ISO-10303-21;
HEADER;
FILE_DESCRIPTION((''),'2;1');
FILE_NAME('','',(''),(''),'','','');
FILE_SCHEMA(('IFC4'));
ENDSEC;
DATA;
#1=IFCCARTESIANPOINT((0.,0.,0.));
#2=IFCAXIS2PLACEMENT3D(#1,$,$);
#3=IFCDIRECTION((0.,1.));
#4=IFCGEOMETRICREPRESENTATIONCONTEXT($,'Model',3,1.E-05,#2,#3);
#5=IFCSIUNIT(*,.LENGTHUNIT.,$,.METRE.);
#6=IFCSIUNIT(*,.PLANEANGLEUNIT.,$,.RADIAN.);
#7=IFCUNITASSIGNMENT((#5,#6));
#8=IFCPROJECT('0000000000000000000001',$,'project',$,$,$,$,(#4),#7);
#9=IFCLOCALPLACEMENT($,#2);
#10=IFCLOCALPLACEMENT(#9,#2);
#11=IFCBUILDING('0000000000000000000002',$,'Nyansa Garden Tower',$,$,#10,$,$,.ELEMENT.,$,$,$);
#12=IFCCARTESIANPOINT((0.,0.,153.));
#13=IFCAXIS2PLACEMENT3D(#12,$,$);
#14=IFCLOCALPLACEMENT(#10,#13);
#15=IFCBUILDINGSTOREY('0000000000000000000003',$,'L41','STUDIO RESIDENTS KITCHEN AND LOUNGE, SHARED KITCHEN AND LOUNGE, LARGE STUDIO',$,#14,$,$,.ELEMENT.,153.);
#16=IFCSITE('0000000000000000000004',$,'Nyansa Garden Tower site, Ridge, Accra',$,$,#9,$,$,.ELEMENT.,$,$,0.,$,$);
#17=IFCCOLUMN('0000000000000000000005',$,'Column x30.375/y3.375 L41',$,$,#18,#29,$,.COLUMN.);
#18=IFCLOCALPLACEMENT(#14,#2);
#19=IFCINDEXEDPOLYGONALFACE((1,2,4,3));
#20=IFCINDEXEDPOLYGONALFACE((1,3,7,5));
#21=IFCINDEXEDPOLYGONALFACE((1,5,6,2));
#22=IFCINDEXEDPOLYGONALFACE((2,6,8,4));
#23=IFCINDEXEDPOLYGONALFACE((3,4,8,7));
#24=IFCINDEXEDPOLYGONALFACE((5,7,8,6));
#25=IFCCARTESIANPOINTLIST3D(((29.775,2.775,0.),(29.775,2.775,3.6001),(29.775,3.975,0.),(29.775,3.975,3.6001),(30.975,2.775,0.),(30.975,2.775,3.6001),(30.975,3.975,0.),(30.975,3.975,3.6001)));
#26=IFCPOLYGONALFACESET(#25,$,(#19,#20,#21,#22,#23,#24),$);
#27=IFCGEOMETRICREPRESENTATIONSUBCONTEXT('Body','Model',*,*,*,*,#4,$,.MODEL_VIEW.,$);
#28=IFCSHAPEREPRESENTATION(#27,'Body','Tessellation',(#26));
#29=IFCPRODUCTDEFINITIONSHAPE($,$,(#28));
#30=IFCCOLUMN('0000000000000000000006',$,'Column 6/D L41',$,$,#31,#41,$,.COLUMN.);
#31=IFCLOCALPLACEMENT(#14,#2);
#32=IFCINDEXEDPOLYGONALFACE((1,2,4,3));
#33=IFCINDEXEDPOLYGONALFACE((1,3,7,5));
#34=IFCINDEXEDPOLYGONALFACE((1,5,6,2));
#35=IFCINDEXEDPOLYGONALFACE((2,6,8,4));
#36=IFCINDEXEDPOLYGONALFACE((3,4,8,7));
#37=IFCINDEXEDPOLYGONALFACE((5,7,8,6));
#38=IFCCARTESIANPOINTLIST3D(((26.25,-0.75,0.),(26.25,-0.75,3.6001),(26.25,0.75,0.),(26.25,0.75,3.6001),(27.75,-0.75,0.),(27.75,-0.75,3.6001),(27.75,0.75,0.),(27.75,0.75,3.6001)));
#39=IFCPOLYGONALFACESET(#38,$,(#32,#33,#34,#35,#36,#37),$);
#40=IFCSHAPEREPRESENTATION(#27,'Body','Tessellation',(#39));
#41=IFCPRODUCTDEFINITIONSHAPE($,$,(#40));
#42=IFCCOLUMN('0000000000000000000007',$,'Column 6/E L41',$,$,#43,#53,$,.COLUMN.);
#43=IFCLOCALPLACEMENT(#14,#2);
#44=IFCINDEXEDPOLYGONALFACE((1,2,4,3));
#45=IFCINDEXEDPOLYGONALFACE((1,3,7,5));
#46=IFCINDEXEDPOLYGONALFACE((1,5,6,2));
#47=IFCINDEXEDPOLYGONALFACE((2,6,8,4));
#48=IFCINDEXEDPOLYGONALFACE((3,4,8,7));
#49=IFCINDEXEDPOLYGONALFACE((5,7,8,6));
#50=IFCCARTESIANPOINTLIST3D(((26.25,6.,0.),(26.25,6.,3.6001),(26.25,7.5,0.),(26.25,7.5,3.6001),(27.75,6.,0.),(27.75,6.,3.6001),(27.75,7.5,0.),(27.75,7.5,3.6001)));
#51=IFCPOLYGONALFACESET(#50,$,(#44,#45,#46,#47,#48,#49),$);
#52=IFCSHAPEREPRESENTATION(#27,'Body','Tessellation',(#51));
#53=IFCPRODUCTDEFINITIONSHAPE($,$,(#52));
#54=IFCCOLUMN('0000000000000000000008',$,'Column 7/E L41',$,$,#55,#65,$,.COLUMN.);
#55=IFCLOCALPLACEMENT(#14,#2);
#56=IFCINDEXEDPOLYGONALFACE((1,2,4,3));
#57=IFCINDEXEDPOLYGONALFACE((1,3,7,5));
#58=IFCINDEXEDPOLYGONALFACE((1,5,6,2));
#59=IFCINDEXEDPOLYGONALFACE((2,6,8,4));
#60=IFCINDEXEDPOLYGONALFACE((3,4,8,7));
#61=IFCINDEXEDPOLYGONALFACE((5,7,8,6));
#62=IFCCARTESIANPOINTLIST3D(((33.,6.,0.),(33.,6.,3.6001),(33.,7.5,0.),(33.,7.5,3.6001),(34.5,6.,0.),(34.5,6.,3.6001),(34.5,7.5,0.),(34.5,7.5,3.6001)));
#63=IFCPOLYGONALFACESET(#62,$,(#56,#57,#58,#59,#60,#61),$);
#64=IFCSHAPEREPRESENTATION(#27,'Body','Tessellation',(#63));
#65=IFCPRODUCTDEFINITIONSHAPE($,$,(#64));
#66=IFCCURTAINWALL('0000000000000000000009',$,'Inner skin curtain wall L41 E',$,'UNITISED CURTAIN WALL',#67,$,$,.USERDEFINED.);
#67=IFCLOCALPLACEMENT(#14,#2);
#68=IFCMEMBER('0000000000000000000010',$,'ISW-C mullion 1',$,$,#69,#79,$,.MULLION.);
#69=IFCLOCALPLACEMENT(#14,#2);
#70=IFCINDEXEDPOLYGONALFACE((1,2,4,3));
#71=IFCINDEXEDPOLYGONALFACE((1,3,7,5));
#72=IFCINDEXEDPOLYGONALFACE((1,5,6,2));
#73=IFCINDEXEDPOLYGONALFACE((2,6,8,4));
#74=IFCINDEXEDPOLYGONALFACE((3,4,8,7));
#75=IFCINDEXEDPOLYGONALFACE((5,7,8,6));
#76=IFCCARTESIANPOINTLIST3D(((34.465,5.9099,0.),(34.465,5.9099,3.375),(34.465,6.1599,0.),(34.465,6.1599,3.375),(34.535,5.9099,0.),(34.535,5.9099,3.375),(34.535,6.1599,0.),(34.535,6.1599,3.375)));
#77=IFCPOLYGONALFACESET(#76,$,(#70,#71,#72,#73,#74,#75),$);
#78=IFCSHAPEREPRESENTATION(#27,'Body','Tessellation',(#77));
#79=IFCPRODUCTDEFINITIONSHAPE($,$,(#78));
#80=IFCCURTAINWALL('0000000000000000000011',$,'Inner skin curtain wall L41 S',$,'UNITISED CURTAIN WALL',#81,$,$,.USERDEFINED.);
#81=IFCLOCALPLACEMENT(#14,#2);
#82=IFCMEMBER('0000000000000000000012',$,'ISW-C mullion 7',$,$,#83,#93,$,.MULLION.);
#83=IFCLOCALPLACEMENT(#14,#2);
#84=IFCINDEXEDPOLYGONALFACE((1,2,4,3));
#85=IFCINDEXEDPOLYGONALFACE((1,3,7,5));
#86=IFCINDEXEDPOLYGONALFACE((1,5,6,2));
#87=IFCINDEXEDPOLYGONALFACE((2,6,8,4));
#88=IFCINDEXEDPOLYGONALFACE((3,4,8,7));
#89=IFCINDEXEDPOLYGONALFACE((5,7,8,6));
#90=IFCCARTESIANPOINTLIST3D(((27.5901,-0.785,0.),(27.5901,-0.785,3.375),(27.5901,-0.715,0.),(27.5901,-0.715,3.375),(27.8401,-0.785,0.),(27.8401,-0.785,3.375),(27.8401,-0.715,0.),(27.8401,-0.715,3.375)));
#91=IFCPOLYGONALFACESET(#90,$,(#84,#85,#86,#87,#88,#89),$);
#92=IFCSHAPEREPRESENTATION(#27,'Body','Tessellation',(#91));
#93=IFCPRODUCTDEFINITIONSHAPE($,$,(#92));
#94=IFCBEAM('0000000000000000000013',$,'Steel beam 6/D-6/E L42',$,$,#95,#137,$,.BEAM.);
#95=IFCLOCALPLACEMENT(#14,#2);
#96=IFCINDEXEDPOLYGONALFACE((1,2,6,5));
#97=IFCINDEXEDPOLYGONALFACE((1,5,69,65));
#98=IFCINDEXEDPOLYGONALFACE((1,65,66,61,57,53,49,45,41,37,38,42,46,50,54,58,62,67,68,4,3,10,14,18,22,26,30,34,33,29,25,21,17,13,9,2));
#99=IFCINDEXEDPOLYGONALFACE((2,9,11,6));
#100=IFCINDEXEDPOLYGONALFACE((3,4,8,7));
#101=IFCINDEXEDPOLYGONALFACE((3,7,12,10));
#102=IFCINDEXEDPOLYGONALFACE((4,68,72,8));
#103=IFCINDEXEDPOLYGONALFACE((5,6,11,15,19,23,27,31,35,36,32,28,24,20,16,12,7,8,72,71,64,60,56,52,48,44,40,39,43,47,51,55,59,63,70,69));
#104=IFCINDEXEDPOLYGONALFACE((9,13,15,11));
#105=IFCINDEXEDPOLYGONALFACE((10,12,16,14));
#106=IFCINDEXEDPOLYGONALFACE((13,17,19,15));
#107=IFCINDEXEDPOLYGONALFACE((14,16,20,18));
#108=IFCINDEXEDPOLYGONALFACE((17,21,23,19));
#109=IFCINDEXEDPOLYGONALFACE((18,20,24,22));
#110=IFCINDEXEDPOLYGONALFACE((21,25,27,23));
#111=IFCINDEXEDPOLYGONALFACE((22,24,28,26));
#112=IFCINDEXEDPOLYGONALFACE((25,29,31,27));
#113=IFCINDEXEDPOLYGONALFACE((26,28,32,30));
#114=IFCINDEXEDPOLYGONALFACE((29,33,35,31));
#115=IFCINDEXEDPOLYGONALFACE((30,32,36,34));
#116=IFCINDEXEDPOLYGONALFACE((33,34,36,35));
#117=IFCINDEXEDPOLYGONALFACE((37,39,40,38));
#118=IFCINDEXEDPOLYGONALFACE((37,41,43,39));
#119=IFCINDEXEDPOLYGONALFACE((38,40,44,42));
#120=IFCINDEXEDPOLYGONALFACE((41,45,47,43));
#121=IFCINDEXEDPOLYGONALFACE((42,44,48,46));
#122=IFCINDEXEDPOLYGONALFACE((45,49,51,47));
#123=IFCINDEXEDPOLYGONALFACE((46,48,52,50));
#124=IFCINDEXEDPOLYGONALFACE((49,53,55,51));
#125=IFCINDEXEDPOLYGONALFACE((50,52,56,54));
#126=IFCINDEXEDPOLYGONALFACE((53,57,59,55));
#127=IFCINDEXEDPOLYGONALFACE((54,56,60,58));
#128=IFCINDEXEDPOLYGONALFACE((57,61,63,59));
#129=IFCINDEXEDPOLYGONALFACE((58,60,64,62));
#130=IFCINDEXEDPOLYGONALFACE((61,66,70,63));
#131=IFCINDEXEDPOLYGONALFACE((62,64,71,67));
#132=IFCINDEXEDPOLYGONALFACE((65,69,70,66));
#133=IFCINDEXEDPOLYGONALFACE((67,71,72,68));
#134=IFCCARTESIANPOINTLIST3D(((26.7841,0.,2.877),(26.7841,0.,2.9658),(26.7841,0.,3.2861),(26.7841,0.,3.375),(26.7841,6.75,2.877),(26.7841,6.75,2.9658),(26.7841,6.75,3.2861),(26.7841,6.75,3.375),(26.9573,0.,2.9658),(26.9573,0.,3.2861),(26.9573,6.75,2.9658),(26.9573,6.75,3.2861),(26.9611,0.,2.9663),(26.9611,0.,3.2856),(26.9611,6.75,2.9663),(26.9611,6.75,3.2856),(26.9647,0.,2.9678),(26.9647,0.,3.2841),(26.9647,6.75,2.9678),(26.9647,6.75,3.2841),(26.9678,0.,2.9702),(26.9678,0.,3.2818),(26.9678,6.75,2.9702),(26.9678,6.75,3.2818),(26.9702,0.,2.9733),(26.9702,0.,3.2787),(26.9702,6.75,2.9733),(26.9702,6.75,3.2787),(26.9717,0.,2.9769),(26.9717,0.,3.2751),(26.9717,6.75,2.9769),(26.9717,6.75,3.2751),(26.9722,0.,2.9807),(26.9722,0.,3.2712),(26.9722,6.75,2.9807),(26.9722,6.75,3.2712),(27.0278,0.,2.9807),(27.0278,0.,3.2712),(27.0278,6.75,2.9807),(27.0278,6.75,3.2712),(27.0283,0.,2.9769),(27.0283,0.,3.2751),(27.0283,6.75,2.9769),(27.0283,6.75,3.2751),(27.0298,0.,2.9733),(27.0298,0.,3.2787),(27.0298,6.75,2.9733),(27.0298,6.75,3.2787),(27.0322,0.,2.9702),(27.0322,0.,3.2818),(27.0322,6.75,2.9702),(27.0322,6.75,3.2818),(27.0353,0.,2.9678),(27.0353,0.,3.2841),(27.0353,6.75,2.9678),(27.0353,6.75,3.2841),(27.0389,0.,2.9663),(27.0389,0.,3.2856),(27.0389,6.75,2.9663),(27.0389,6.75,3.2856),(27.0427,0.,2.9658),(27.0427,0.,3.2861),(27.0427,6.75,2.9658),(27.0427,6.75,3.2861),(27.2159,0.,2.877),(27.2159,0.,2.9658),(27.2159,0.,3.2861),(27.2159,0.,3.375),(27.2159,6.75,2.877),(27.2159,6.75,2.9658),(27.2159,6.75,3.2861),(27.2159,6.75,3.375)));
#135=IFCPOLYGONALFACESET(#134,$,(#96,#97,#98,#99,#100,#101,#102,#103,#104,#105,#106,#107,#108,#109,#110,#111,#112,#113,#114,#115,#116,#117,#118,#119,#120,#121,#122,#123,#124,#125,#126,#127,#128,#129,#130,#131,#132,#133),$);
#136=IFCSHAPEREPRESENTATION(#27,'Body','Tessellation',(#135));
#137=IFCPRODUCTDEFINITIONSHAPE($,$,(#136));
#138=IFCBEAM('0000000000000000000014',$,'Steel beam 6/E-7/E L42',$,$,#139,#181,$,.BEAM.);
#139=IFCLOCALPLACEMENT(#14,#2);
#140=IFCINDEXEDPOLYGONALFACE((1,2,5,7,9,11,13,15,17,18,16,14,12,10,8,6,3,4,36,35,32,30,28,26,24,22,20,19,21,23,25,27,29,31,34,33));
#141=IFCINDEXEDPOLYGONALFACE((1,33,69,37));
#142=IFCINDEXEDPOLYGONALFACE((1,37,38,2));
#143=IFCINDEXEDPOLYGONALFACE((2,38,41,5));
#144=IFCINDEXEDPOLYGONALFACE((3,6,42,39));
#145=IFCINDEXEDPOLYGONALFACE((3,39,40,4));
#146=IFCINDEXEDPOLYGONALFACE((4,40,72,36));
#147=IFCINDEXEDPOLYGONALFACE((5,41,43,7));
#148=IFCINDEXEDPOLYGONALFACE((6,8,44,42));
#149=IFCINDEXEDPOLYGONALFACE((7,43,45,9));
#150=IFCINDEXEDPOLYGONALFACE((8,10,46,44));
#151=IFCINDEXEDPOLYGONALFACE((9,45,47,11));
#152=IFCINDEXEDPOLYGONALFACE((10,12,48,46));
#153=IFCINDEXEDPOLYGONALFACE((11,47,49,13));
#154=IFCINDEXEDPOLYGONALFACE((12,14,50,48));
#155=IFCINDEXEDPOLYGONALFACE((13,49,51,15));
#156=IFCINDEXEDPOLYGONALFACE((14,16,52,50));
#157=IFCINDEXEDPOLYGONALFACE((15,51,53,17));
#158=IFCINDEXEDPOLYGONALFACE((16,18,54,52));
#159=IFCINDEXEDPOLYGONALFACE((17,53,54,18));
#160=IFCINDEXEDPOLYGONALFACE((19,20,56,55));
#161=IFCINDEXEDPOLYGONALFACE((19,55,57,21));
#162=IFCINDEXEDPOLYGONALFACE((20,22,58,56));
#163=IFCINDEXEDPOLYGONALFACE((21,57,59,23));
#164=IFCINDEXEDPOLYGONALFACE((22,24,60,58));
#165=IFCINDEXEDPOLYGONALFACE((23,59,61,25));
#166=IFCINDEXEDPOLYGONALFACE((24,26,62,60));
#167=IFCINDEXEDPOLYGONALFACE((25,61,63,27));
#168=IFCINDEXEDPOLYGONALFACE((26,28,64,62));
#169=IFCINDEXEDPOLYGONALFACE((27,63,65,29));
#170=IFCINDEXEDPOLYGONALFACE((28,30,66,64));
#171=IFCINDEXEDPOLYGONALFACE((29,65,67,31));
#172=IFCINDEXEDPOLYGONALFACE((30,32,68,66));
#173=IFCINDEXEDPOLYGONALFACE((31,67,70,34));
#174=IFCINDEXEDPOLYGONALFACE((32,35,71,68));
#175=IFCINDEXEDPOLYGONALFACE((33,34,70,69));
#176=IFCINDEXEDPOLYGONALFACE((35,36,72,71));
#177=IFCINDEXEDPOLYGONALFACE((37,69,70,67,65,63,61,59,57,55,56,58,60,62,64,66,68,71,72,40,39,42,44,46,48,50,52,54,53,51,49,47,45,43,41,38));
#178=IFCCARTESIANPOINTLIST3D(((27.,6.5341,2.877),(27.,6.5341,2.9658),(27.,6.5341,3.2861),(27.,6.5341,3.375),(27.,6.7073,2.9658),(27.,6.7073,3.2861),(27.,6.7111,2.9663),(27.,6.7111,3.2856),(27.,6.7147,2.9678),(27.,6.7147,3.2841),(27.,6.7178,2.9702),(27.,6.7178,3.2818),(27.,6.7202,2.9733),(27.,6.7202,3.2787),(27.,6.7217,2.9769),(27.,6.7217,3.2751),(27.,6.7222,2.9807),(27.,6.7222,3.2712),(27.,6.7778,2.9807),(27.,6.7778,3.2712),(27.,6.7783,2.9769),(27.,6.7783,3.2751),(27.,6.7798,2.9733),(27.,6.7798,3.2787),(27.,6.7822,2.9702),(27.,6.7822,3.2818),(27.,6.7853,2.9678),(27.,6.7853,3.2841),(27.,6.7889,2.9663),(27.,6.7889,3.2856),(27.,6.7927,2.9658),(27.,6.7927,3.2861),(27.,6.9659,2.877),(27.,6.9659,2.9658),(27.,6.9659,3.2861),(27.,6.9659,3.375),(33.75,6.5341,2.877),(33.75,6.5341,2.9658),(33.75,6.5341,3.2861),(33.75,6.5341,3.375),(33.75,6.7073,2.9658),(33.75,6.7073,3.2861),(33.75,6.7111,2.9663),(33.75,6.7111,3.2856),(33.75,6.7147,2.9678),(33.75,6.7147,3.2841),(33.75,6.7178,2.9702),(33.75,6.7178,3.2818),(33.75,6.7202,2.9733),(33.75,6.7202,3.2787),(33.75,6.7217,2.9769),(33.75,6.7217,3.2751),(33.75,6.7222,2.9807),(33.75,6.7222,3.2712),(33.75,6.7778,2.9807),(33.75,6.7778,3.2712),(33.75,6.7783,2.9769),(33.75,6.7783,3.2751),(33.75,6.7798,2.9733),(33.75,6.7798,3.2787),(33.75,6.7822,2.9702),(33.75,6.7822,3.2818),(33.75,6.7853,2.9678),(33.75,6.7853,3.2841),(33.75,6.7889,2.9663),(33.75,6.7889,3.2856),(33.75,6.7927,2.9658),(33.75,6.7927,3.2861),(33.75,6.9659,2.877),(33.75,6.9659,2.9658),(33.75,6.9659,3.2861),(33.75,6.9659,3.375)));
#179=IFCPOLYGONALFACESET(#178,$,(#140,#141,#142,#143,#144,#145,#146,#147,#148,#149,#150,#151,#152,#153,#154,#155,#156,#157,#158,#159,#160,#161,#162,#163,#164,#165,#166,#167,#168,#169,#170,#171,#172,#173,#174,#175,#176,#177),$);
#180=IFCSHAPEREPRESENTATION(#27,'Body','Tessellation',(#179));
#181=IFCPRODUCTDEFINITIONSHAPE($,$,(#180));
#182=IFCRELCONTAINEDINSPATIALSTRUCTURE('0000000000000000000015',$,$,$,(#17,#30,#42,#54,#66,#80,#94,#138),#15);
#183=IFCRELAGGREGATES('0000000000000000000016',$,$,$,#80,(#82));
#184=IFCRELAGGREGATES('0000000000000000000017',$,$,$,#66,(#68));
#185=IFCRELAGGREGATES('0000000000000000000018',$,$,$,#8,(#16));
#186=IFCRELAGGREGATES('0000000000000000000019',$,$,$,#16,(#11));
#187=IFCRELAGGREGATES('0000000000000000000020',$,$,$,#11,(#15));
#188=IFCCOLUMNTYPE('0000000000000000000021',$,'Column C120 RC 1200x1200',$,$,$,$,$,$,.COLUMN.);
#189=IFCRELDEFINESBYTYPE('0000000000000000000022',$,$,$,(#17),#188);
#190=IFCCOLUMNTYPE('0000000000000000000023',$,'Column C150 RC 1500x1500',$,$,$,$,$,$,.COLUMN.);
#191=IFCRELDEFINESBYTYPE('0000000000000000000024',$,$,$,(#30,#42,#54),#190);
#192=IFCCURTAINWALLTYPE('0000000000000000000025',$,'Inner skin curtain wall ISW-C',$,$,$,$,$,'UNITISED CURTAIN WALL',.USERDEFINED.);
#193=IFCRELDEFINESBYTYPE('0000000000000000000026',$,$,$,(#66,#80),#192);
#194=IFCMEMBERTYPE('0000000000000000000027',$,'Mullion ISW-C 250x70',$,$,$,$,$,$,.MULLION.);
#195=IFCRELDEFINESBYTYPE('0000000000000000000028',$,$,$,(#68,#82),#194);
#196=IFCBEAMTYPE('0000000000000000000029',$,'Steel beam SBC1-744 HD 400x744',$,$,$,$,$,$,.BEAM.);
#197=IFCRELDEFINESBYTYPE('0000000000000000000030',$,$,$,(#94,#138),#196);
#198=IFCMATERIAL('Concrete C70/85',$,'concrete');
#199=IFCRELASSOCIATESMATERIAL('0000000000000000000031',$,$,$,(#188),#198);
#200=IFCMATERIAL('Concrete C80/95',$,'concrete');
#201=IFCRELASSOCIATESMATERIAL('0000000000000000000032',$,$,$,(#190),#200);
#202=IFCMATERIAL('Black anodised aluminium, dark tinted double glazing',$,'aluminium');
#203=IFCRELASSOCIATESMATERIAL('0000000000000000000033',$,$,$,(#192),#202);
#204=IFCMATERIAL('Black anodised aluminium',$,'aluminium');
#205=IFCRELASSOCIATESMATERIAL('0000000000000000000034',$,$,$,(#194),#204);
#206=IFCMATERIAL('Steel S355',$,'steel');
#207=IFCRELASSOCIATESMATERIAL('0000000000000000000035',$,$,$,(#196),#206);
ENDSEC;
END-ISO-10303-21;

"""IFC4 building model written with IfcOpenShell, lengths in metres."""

from ifc_helpers import new_model, si_unit, direction, frame, origin, origin_2d, place, context, subcontext, project, spatial, rectangle, i_section, extrude, material, material_profile, profile_set, type_object, element, aggregate, save


model = new_model("IFC4")

# Units and contexts
model_context = context("Model", 3, precision=1e-05, world=origin(), true_north=direction((0.0, 1.0)))
body_context = subcontext(model_context, "Body", "Model", "MODEL_VIEW")
ifc_project = project(units=[si_unit("LENGTHUNIT", "METRE"), si_unit("PLANEANGLEUNIT", "RADIAN")], contexts=[model_context])

# Site, building, storey
site_placement = place(None, origin())
site = spatial("IfcSite", under=ifc_project, at=site_placement, Name="Nyansa Garden Tower site, Ridge, Accra", CompositionType="ELEMENT", RefElevation=0.0)
building_placement = place(site_placement, origin())
building = spatial("IfcBuilding", under=site, at=building_placement, Name="Nyansa Garden Tower", CompositionType="ELEMENT")
storey_placement = place(building_placement, frame((0.0, 0.0, 153.0)))
storey = spatial("IfcBuildingStorey", under=building, at=storey_placement, Name="L41", Description="STUDIO RESIDENTS KITCHEN AND LOUNGE, SHARED KITCHEN AND LOUNGE, LARGE STUDIO", CompositionType="ELEMENT", Elevation=153.0)

# Columns
ifc_material_1 = material(Name="Concrete C70/85", Category="concrete")
ifc_material_profile_1 = material_profile(ifc_material_1, rectangle(XDim=1.2, YDim=1.2, at=origin_2d()), Name="RC 1200x1200")
ifc_profile_set_1 = profile_set([ifc_material_profile_1], Name="Concrete C70/85")
column_type_1 = type_object("IfcColumnType", Name="Column C120 RC 1200x1200", PredefinedType="COLUMN", material=ifc_profile_set_1)
column_placement = place(storey_placement, frame((30.375, 3.375, 0.0), z_axis=(0.0, 0.0, 1.0), x_axis=(1.0, 0.0, 0.0)))
element("IfcColumn", 1, at=column_placement, inside=storey, type_object=column_type_1, Name="Column x30.375/y3.375 L41", PredefinedType="COLUMN", context=body_context, shape_type="SweptSolid", body=[
    extrude(rectangle(XDim=1.2, YDim=1.2, at=origin_2d()), origin(), (0.0, 0.0, 1.0), 3.6001),
])
ifc_material_2 = material(Name="Concrete C80/95", Category="concrete")
ifc_material_profile_2 = material_profile(ifc_material_2, rectangle(XDim=1.5, YDim=1.5, at=origin_2d()), Name="RC 1500x1500")
ifc_profile_set_2 = profile_set([ifc_material_profile_2], Name="Concrete C80/95")
column_type_2 = type_object("IfcColumnType", Name="Column C150 RC 1500x1500", PredefinedType="COLUMN", material=ifc_profile_set_2)
for number, where, z_axis, x_axis, name in (
    (2, (27.0, 0.0, 0.0), (0.0, 0.0, 1.0), (1.0, 0.0, 0.0), "Column 6/D L41"),
    (3, (27.0, 6.75, 0.0), (0.0, 0.0, 1.0), (1.0, 0.0, 0.0), "Column 6/E L41"),
    (4, (33.75, 6.75, 0.0), (0.0, 0.0, 1.0), (1.0, 0.0, 0.0), "Column 7/E L41"),
):
    element("IfcColumn", number, at=place(storey_placement, frame(where, z_axis=z_axis, x_axis=x_axis)), inside=storey, type_object=column_type_2, Name=name, PredefinedType="COLUMN", context=body_context, shape_type="SweptSolid", body=[
        extrude(rectangle(XDim=1.5, YDim=1.5, at=origin_2d()), origin(), (0.0, 0.0, 1.0), 3.6001),
    ])

# Curtain walls, members
ifc_material_3 = material(Name="Black anodised aluminium, dark tinted double glazing", Category="aluminium")
curtain_wall_type = type_object("IfcCurtainWallType", Name="Inner skin curtain wall ISW-C", ElementType="UNITISED CURTAIN WALL", PredefinedType="USERDEFINED", material=ifc_material_3)
curtain_wall_1_placement = place(storey_placement, origin())
curtain_wall_1 = element("IfcCurtainWall", 5, at=curtain_wall_1_placement, inside=storey, type_object=curtain_wall_type, Name="Inner skin curtain wall L41 E", ObjectType="UNITISED CURTAIN WALL", PredefinedType="USERDEFINED")
ifc_material_4 = material(Name="Black anodised aluminium", Category="aluminium")
ifc_material_profile_3 = material_profile(ifc_material_4, rectangle(XDim=0.0701, YDim=0.25, at=origin_2d()), Name="Mullion 250x70")
ifc_profile_set_3 = profile_set([ifc_material_profile_3], Name="Black anodised aluminium")
member_type_1 = type_object("IfcMemberType", Name="Mullion ISW-C 250x70", PredefinedType="MULLION", material=ifc_profile_set_3)
member_1_placement = place(storey_placement, frame((34.5, 6.0349, 0.0), z_axis=(0.0, 0.0, 1.0), x_axis=(-1.0, 0.0, 0.0)))
member_1 = element("IfcMember", 6, at=member_1_placement, type_object=member_type_1, Name="ISW-C mullion 1", PredefinedType="MULLION", context=body_context, shape_type="SweptSolid", body=[
    extrude(rectangle(XDim=0.0701, YDim=0.25, at=origin_2d()), origin(), (0.0, 0.0, 1.0), 3.375),
])
curtain_wall_2_placement = place(storey_placement, origin())
curtain_wall_2 = element("IfcCurtainWall", 7, at=curtain_wall_2_placement, inside=storey, type_object=curtain_wall_type, Name="Inner skin curtain wall L41 S", ObjectType="UNITISED CURTAIN WALL", PredefinedType="USERDEFINED")
member_2_placement = place(storey_placement, frame((27.7151, -0.75, 0.0), z_axis=(0.0, 0.0, 1.0), x_axis=(0.0, 1.0, 0.0)))
member_2 = element("IfcMember", 8, at=member_2_placement, type_object=member_type_1, Name="ISW-C mullion 7", PredefinedType="MULLION", context=body_context, shape_type="SweptSolid", body=[
    extrude(rectangle(XDim=0.0701, YDim=0.25, at=origin_2d()), origin(), (0.0, 0.0, 1.0), 3.375),
])
aggregate(curtain_wall_2, [member_2])

# Beams
ifc_material_5 = material(Name="Steel S355", Category="steel")
ifc_material_profile_4 = material_profile(ifc_material_5, i_section(OverallWidth=0.4319, OverallDepth=0.498, WebThickness=0.0557, FlangeThickness=0.0889, FilletRadius=0.0149, at=origin_2d()), Name="HD 400x744")
ifc_profile_set_4 = profile_set([ifc_material_profile_4], Name="Steel S355")
beam_type_1 = type_object("IfcBeamType", Name="Steel beam SBC1-744 HD 400x744", PredefinedType="BEAM", material=ifc_profile_set_4)
for number, where, z_axis, x_axis, name in (
    (9, (27.0, 0.0, 3.126), (0.0, 1.0, 0.0), (-1.0, 0.0, 0.0), "Steel beam 6/D-6/E L42"),
    (10, (27.0, 6.75, 3.126), (1.0, 0.0, 0.0), (0.0, 1.0, 0.0), "Steel beam 6/E-7/E L42"),
):
    element("IfcBeam", number, at=place(storey_placement, frame(where, z_axis=z_axis, x_axis=x_axis)), inside=storey, type_object=beam_type_1, Name=name, PredefinedType="BEAM", context=body_context, shape_type="SweptSolid", body=[
        extrude(i_section(OverallWidth=0.4319, OverallDepth=0.498, WebThickness=0.0557, FlangeThickness=0.0889, FilletRadius=0.0149, at=origin_2d()), origin(), (0.0, 0.0, 1.0), 6.75),
    ])

aggregate(curtain_wall_1, [member_1])

save(model, "model.ifc")
